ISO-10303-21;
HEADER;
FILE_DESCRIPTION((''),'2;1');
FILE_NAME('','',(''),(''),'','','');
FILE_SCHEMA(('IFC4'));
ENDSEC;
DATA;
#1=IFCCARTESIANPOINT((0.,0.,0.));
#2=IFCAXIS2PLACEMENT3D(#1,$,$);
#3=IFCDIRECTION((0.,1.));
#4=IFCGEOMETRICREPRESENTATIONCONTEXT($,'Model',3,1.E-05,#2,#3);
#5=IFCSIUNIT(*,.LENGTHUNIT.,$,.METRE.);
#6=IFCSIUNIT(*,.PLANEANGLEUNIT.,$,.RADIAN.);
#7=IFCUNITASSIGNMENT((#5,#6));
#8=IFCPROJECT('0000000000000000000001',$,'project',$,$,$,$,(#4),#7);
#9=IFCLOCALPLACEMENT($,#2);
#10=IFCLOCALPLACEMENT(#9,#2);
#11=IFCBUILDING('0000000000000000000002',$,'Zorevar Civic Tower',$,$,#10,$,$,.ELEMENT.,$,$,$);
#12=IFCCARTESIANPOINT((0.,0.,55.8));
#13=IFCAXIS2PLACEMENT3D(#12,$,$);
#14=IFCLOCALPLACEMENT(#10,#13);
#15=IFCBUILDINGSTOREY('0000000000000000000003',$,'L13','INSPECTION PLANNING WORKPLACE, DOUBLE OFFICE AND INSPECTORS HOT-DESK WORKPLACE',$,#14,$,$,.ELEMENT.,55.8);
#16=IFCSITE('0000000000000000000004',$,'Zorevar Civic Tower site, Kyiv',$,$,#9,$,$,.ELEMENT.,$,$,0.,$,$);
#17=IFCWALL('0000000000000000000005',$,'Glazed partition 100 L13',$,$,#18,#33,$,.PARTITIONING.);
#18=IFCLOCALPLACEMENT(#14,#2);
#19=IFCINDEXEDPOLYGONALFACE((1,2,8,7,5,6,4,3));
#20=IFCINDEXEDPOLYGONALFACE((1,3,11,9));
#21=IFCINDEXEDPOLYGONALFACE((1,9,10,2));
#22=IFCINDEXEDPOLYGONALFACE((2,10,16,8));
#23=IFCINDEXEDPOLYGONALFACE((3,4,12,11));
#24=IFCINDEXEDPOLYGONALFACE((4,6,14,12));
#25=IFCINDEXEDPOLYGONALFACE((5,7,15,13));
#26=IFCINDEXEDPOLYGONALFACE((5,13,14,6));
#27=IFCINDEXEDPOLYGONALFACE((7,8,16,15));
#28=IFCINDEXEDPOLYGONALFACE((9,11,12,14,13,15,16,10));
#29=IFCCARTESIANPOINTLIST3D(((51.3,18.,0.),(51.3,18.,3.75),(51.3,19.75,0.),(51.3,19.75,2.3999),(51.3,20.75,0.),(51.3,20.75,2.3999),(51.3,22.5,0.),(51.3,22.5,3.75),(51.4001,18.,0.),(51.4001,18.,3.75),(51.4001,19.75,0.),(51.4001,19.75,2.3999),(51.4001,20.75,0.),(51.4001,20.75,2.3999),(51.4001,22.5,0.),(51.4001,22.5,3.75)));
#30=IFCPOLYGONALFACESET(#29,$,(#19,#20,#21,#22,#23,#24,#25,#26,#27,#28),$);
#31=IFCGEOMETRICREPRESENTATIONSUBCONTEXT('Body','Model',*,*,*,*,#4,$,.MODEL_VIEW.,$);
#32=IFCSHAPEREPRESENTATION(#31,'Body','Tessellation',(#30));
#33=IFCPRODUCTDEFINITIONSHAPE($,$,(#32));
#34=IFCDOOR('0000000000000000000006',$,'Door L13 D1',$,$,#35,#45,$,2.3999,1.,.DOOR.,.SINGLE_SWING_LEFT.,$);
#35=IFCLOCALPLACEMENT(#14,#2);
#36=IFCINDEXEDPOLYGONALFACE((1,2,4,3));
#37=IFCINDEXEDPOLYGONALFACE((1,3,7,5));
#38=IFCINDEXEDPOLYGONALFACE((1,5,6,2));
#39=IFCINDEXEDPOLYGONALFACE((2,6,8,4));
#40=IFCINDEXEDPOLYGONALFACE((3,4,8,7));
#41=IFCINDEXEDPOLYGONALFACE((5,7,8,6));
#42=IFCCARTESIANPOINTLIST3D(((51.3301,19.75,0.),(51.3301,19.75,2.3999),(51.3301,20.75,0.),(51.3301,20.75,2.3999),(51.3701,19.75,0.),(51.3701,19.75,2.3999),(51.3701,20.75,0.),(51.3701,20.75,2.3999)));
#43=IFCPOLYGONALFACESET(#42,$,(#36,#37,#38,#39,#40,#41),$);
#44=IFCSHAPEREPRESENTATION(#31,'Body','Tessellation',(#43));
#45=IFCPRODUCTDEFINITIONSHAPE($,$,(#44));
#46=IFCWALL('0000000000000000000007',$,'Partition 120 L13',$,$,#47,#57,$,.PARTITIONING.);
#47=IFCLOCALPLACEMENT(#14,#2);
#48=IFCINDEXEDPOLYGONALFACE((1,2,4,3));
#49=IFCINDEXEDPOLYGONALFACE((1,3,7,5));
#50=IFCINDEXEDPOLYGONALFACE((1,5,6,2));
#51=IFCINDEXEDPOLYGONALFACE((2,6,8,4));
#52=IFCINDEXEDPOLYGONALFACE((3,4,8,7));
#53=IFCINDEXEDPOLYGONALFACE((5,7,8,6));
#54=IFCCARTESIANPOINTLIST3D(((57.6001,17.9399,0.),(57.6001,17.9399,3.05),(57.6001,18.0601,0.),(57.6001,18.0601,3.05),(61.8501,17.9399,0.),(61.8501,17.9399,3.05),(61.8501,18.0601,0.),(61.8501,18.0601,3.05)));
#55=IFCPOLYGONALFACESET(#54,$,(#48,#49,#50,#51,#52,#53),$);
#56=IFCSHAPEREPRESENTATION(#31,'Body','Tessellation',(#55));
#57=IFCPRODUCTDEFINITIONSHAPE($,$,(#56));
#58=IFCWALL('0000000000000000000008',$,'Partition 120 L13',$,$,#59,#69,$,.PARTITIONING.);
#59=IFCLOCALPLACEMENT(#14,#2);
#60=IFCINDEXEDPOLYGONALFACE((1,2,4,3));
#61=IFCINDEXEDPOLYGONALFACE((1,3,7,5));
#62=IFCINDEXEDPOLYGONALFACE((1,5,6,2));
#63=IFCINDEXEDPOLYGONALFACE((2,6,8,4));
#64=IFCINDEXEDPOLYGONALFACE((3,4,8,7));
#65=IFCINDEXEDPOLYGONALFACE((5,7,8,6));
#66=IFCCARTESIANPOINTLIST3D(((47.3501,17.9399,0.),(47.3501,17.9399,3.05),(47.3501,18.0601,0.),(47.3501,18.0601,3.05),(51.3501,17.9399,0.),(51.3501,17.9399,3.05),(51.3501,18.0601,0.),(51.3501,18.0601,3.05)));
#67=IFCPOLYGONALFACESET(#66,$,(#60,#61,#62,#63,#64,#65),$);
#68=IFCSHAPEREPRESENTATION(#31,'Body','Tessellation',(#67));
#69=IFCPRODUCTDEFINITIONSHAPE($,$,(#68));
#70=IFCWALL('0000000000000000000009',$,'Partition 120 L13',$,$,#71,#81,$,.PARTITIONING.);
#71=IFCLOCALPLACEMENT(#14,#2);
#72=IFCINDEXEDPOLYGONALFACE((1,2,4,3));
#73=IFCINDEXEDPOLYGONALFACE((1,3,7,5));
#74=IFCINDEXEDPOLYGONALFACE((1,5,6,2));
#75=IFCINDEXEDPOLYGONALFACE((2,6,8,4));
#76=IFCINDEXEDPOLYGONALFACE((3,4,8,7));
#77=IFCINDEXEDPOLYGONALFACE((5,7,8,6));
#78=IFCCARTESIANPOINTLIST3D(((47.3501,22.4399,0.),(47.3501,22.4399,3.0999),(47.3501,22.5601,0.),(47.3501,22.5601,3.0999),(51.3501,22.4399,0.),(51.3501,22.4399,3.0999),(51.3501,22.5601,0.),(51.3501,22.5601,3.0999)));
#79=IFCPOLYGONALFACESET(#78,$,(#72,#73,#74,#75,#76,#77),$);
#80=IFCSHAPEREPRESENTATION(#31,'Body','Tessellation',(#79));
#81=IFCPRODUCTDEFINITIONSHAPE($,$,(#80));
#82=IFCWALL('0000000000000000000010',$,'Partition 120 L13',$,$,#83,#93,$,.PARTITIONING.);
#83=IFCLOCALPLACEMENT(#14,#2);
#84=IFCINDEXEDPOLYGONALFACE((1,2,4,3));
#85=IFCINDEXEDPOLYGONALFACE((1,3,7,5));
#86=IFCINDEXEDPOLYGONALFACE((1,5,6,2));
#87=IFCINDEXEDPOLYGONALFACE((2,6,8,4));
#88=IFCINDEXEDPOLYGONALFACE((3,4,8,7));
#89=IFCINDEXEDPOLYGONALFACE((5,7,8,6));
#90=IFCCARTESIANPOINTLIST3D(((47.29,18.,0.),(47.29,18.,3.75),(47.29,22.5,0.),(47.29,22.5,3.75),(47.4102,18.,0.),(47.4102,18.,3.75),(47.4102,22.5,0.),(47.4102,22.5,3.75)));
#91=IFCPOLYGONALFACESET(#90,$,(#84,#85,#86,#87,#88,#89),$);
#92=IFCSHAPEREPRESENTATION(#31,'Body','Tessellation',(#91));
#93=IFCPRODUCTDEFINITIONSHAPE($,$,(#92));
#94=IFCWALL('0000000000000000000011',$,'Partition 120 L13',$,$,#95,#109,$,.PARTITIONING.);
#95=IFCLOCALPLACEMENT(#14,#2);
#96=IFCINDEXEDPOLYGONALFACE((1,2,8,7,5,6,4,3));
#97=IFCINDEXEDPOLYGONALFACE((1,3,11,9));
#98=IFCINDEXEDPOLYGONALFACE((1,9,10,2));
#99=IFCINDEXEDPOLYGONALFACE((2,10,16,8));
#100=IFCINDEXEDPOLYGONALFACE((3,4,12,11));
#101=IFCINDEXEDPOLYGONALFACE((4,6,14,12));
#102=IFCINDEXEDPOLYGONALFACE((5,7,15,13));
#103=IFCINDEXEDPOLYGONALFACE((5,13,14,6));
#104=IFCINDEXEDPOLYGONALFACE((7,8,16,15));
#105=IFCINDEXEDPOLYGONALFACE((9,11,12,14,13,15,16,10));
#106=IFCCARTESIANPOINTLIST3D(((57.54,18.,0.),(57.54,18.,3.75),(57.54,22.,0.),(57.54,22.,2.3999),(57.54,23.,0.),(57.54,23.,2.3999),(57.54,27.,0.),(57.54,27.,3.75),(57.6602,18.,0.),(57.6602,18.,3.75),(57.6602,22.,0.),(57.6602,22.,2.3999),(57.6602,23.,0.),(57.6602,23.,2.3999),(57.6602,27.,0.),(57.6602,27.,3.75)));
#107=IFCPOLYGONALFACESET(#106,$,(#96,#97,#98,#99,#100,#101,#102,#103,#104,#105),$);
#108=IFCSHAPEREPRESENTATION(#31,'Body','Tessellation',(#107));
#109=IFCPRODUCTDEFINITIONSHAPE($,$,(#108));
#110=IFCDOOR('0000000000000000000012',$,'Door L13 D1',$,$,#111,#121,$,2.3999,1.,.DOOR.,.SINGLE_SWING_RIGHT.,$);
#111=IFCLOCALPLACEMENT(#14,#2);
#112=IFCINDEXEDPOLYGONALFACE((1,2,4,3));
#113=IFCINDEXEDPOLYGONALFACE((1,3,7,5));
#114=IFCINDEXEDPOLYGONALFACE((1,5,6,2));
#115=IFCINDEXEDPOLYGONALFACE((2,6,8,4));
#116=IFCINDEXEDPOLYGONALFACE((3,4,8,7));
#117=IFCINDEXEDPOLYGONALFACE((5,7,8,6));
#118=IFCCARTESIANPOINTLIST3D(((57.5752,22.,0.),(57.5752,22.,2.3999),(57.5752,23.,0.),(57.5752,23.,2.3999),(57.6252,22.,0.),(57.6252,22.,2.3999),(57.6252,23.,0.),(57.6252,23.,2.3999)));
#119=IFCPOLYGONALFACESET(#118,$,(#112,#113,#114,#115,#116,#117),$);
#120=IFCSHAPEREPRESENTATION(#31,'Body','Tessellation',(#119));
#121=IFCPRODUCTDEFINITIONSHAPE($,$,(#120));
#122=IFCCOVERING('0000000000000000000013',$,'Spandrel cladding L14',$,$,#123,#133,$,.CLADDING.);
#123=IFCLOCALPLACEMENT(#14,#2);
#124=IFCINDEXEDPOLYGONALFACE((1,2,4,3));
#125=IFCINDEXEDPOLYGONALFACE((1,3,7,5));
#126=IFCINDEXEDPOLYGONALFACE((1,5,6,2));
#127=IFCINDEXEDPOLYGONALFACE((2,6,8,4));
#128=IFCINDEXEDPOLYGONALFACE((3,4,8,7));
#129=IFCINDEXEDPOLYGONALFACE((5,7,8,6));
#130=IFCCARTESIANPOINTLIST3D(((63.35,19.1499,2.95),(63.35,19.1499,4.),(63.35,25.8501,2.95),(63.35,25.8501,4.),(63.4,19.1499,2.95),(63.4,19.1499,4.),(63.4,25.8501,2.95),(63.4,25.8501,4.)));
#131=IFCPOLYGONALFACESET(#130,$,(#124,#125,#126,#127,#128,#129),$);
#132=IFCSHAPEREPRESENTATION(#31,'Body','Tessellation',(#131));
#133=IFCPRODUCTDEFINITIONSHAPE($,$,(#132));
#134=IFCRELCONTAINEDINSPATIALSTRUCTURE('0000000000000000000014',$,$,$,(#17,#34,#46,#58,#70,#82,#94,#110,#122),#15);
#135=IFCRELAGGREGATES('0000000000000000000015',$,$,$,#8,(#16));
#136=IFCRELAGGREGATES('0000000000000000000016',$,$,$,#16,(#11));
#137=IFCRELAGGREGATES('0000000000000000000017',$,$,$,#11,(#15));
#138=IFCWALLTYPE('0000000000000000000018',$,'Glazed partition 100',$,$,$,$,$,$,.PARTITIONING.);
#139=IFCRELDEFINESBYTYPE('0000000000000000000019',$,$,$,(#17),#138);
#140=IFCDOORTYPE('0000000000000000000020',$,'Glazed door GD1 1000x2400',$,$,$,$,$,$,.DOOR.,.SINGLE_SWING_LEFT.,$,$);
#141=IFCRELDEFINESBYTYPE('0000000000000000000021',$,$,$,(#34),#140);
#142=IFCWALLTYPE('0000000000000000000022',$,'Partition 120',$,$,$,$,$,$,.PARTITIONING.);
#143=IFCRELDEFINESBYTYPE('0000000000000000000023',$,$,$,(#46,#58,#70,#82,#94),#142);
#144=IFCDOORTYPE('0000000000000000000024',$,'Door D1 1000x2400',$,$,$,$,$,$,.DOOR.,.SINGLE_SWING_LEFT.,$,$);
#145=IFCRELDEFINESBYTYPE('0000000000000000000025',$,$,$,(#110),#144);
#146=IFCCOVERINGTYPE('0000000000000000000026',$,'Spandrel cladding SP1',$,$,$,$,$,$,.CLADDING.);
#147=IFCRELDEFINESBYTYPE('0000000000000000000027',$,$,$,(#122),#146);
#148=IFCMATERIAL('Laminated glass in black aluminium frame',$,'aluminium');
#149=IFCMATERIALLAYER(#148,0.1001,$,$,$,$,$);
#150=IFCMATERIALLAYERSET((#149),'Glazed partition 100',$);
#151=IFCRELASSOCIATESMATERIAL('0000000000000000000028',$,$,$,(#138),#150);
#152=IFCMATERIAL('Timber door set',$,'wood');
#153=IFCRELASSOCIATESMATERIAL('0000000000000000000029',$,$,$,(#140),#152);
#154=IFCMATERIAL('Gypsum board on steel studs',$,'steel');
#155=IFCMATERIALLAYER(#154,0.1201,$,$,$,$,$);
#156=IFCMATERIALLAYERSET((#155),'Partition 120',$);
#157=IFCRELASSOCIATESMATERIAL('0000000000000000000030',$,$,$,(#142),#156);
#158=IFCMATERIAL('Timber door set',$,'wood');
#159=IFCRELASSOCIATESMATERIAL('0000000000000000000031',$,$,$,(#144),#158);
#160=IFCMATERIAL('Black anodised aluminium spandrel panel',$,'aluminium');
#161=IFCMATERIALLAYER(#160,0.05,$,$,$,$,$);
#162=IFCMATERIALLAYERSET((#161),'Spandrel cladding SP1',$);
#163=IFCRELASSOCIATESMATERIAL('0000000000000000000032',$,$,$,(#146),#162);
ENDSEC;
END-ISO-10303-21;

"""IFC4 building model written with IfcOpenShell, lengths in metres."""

from ifc_helpers import new_model, si_unit, direction, frame, frame_2d, origin, place, context, subcontext, project, spatial, rectangle, extrude, material, layer, layer_set, type_object, element, fill, save


model = new_model("IFC4")

# Units and contexts
model_context = context("Model", 3, precision=1e-05, world=origin(), true_north=direction((0.0, 1.0)))
body_context = subcontext(model_context, "Body", "Model", "MODEL_VIEW")
ifc_project = project(units=[si_unit("LENGTHUNIT", "METRE"), si_unit("PLANEANGLEUNIT", "RADIAN")], contexts=[model_context])

# Site, building, storey
site_placement = place(None, origin())
site = spatial("IfcSite", under=ifc_project, at=site_placement, Name="Zorevar Civic Tower site, Kyiv", CompositionType="ELEMENT", RefElevation=0.0)
building_placement = place(site_placement, origin())
building = spatial("IfcBuilding", under=site, at=building_placement, Name="Zorevar Civic Tower", CompositionType="ELEMENT")
storey_placement = place(building_placement, frame((0.0, 0.0, 55.8)))
storey = spatial("IfcBuildingStorey", under=building, at=storey_placement, Name="L13", Description="INSPECTION PLANNING WORKPLACE, DOUBLE OFFICE AND INSPECTORS HOT-DESK WORKPLACE", CompositionType="ELEMENT", Elevation=55.8)

# Shared definitions
ifc_material_1 = material(Name="Laminated glass in black aluminium frame", Category="aluminium")
ifc_layer_1 = layer(ifc_material_1, 0.1001)
ifc_layer_set_1 = layer_set([ifc_layer_1], Name="Glazed partition 100")
wall_type_1 = type_object("IfcWallType", Name="Glazed partition 100", PredefinedType="PARTITIONING", material=ifc_layer_set_1)

# Wall, opening, door
ifc_material_2 = material(Name="Timber door set", Category="wood")
door_type_1 = type_object("IfcDoorType", Name="Glazed door GD1 1000x2400", OperationType="SINGLE_SWING_LEFT", PredefinedType="DOOR", material=ifc_material_2)
wall_1_placement = place(storey_placement, frame((51.3501, 18.0, 0.0), z_axis=(0.0, 0.0, 1.0), x_axis=(0.0, 1.0, 0.0)))
wall_1 = element("IfcWall", 1, at=wall_1_placement, inside=storey, type_object=wall_type_1, Name="Glazed partition 100 L13", PredefinedType="PARTITIONING", context=body_context, shape_type="SweptSolid", body=[
    extrude(rectangle(XDim=4.5, YDim=0.1001, at=frame_2d((2.25, 0.0))), origin(), (0.0, 0.0, 1.0), 3.75),
])
opening_1_placement = place(wall_1_placement, frame((1.75, 0.0, 0.0)))
opening_1 = element("IfcOpeningElement", 2, at=opening_1_placement, cuts=wall_1, PredefinedType="OPENING", context=body_context, shape_type="SweptSolid", body=[
    extrude(rectangle(XDim=1.0, YDim=2.3999, at=frame_2d((0.5, 1.2))), frame((0.0, 0.0601, 0.0), z_axis=(0.0, -1.0, 0.0), x_axis=(1.0, 0.0, 0.0)), (0.0, 0.0, 1.0), 0.1201),
])
door_1_placement = place(opening_1_placement, origin())
door_1 = element("IfcDoor", 3, at=door_1_placement, inside=storey, type_object=door_type_1, Name="Door L13 D1", OperationType="SINGLE_SWING_LEFT", OverallHeight=2.3999, OverallWidth=1.0, PredefinedType="DOOR", context=body_context, shape_type="SweptSolid", body=[
    extrude(rectangle(XDim=1.0, YDim=2.3999, at=frame_2d((0.5, 1.2))), frame((0.0, 0.02, 0.0), z_axis=(0.0, -1.0, 0.0), x_axis=(1.0, 0.0, 0.0)), (0.0, 0.0, 1.0), 0.04),
])
fill(opening_1, door_1)

# Walls
ifc_material_3 = material(Name="Gypsum board on steel studs", Category="steel")
ifc_layer_2 = layer(ifc_material_3, 0.1201)
ifc_layer_set_2 = layer_set([ifc_layer_2], Name="Partition 120")
wall_type_2 = type_object("IfcWallType", Name="Partition 120", PredefinedType="PARTITIONING", material=ifc_layer_set_2)
wall_2_placement = place(storey_placement, frame((57.6001, 18.0, 0.0), z_axis=(0.0, 0.0, 1.0), x_axis=(1.0, 0.0, 0.0)))
element("IfcWall", 4, at=wall_2_placement, inside=storey, type_object=wall_type_2, Name="Partition 120 L13", PredefinedType="PARTITIONING", context=body_context, shape_type="SweptSolid", body=[
    extrude(rectangle(XDim=4.25, YDim=0.1201, at=frame_2d((2.125, 0.0))), origin(), (0.0, 0.0, 1.0), 3.05),
])
wall_3_placement = place(storey_placement, frame((47.3501, 18.0, 0.0), z_axis=(0.0, 0.0, 1.0), x_axis=(1.0, 0.0, 0.0)))
element("IfcWall", 5, at=wall_3_placement, inside=storey, type_object=wall_type_2, Name="Partition 120 L13", PredefinedType="PARTITIONING", context=body_context, shape_type="SweptSolid", body=[
    extrude(rectangle(XDim=4.0, YDim=0.1201, at=frame_2d((2.0, 0.0))), origin(), (0.0, 0.0, 1.0), 3.05),
])
wall_4_placement = place(storey_placement, frame((47.3501, 22.5, 0.0), z_axis=(0.0, 0.0, 1.0), x_axis=(1.0, 0.0, 0.0)))
element("IfcWall", 6, at=wall_4_placement, inside=storey, type_object=wall_type_2, Name="Partition 120 L13", PredefinedType="PARTITIONING", context=body_context, shape_type="SweptSolid", body=[
    extrude(rectangle(XDim=4.0, YDim=0.1201, at=frame_2d((2.0, 0.0))), origin(), (0.0, 0.0, 1.0), 3.0999),
])
wall_5_placement = place(storey_placement, frame((47.3501, 18.0, 0.0), z_axis=(0.0, 0.0, 1.0), x_axis=(0.0, 1.0, 0.0)))
element("IfcWall", 7, at=wall_5_placement, inside=storey, type_object=wall_type_2, Name="Partition 120 L13", PredefinedType="PARTITIONING", context=body_context, shape_type="SweptSolid", body=[
    extrude(rectangle(XDim=4.5, YDim=0.1201, at=frame_2d((2.25, 0.0))), origin(), (0.0, 0.0, 1.0), 3.75),
])

# Wall, opening, door
wall_6_placement = place(storey_placement, frame((57.6001, 18.0, 0.0), z_axis=(0.0, 0.0, 1.0), x_axis=(0.0, 1.0, 0.0)))
wall_6 = element("IfcWall", 8, at=wall_6_placement, inside=storey, type_object=wall_type_2, Name="Partition 120 L13", PredefinedType="PARTITIONING", context=body_context, shape_type="SweptSolid", body=[
    extrude(rectangle(XDim=9.0, YDim=0.1201, at=frame_2d((4.5, 0.0))), origin(), (0.0, 0.0, 1.0), 3.75),
])
opening_2_placement = place(wall_6_placement, frame((4.0, 0.0, 0.0)))
opening_2 = element("IfcOpeningElement", 9, at=opening_2_placement, cuts=wall_6, PredefinedType="OPENING", context=body_context, shape_type="SweptSolid", body=[
    extrude(rectangle(XDim=1.0, YDim=2.3999, at=frame_2d((0.5, 1.2))), frame((0.0, 0.0701, 0.0), z_axis=(0.0, -1.0, 0.0), x_axis=(1.0, 0.0, 0.0)), (0.0, 0.0, 1.0), 0.1401),
])
ifc_material_4 = material(Name="Timber door set", Category="wood")
door_type_2 = type_object("IfcDoorType", Name="Door D1 1000x2400", OperationType="SINGLE_SWING_LEFT", PredefinedType="DOOR", material=ifc_material_4)
door_2_placement = place(opening_2_placement, origin())
door_2 = element("IfcDoor", 10, at=door_2_placement, inside=storey, type_object=door_type_2, Name="Door L13 D1", OperationType="SINGLE_SWING_RIGHT", OverallHeight=2.3999, OverallWidth=1.0, PredefinedType="DOOR", context=body_context, shape_type="SweptSolid", body=[
    extrude(rectangle(XDim=1.0, YDim=2.3999, at=frame_2d((0.5, 1.2))), frame((0.0, 0.0249, 0.0), z_axis=(0.0, -1.0, 0.0), x_axis=(1.0, 0.0, 0.0)), (0.0, 0.0, 1.0), 0.05),
])
fill(opening_2, door_2)

# Covering
ifc_material_5 = material(Name="Black anodised aluminium spandrel panel", Category="aluminium")
ifc_layer_3 = layer(ifc_material_5, 0.05)
ifc_layer_set_3 = layer_set([ifc_layer_3], Name="Spandrel cladding SP1")
covering_type = type_object("IfcCoveringType", Name="Spandrel cladding SP1", PredefinedType="CLADDING", material=ifc_layer_set_3)
covering_placement = place(storey_placement, frame((63.375, 19.1499, 2.95), z_axis=(0.0, 0.0, 1.0), x_axis=(0.0, 1.0, 0.0)))
element("IfcCovering", 11, at=covering_placement, inside=storey, type_object=covering_type, Name="Spandrel cladding L14", PredefinedType="CLADDING", context=body_context, shape_type="SweptSolid", body=[
    extrude(rectangle(XDim=6.7002, YDim=0.05, at=frame_2d((3.3501, 0.0))), origin(), (0.0, 0.0, 1.0), 1.05),
])

save(model, "model.ifc")
